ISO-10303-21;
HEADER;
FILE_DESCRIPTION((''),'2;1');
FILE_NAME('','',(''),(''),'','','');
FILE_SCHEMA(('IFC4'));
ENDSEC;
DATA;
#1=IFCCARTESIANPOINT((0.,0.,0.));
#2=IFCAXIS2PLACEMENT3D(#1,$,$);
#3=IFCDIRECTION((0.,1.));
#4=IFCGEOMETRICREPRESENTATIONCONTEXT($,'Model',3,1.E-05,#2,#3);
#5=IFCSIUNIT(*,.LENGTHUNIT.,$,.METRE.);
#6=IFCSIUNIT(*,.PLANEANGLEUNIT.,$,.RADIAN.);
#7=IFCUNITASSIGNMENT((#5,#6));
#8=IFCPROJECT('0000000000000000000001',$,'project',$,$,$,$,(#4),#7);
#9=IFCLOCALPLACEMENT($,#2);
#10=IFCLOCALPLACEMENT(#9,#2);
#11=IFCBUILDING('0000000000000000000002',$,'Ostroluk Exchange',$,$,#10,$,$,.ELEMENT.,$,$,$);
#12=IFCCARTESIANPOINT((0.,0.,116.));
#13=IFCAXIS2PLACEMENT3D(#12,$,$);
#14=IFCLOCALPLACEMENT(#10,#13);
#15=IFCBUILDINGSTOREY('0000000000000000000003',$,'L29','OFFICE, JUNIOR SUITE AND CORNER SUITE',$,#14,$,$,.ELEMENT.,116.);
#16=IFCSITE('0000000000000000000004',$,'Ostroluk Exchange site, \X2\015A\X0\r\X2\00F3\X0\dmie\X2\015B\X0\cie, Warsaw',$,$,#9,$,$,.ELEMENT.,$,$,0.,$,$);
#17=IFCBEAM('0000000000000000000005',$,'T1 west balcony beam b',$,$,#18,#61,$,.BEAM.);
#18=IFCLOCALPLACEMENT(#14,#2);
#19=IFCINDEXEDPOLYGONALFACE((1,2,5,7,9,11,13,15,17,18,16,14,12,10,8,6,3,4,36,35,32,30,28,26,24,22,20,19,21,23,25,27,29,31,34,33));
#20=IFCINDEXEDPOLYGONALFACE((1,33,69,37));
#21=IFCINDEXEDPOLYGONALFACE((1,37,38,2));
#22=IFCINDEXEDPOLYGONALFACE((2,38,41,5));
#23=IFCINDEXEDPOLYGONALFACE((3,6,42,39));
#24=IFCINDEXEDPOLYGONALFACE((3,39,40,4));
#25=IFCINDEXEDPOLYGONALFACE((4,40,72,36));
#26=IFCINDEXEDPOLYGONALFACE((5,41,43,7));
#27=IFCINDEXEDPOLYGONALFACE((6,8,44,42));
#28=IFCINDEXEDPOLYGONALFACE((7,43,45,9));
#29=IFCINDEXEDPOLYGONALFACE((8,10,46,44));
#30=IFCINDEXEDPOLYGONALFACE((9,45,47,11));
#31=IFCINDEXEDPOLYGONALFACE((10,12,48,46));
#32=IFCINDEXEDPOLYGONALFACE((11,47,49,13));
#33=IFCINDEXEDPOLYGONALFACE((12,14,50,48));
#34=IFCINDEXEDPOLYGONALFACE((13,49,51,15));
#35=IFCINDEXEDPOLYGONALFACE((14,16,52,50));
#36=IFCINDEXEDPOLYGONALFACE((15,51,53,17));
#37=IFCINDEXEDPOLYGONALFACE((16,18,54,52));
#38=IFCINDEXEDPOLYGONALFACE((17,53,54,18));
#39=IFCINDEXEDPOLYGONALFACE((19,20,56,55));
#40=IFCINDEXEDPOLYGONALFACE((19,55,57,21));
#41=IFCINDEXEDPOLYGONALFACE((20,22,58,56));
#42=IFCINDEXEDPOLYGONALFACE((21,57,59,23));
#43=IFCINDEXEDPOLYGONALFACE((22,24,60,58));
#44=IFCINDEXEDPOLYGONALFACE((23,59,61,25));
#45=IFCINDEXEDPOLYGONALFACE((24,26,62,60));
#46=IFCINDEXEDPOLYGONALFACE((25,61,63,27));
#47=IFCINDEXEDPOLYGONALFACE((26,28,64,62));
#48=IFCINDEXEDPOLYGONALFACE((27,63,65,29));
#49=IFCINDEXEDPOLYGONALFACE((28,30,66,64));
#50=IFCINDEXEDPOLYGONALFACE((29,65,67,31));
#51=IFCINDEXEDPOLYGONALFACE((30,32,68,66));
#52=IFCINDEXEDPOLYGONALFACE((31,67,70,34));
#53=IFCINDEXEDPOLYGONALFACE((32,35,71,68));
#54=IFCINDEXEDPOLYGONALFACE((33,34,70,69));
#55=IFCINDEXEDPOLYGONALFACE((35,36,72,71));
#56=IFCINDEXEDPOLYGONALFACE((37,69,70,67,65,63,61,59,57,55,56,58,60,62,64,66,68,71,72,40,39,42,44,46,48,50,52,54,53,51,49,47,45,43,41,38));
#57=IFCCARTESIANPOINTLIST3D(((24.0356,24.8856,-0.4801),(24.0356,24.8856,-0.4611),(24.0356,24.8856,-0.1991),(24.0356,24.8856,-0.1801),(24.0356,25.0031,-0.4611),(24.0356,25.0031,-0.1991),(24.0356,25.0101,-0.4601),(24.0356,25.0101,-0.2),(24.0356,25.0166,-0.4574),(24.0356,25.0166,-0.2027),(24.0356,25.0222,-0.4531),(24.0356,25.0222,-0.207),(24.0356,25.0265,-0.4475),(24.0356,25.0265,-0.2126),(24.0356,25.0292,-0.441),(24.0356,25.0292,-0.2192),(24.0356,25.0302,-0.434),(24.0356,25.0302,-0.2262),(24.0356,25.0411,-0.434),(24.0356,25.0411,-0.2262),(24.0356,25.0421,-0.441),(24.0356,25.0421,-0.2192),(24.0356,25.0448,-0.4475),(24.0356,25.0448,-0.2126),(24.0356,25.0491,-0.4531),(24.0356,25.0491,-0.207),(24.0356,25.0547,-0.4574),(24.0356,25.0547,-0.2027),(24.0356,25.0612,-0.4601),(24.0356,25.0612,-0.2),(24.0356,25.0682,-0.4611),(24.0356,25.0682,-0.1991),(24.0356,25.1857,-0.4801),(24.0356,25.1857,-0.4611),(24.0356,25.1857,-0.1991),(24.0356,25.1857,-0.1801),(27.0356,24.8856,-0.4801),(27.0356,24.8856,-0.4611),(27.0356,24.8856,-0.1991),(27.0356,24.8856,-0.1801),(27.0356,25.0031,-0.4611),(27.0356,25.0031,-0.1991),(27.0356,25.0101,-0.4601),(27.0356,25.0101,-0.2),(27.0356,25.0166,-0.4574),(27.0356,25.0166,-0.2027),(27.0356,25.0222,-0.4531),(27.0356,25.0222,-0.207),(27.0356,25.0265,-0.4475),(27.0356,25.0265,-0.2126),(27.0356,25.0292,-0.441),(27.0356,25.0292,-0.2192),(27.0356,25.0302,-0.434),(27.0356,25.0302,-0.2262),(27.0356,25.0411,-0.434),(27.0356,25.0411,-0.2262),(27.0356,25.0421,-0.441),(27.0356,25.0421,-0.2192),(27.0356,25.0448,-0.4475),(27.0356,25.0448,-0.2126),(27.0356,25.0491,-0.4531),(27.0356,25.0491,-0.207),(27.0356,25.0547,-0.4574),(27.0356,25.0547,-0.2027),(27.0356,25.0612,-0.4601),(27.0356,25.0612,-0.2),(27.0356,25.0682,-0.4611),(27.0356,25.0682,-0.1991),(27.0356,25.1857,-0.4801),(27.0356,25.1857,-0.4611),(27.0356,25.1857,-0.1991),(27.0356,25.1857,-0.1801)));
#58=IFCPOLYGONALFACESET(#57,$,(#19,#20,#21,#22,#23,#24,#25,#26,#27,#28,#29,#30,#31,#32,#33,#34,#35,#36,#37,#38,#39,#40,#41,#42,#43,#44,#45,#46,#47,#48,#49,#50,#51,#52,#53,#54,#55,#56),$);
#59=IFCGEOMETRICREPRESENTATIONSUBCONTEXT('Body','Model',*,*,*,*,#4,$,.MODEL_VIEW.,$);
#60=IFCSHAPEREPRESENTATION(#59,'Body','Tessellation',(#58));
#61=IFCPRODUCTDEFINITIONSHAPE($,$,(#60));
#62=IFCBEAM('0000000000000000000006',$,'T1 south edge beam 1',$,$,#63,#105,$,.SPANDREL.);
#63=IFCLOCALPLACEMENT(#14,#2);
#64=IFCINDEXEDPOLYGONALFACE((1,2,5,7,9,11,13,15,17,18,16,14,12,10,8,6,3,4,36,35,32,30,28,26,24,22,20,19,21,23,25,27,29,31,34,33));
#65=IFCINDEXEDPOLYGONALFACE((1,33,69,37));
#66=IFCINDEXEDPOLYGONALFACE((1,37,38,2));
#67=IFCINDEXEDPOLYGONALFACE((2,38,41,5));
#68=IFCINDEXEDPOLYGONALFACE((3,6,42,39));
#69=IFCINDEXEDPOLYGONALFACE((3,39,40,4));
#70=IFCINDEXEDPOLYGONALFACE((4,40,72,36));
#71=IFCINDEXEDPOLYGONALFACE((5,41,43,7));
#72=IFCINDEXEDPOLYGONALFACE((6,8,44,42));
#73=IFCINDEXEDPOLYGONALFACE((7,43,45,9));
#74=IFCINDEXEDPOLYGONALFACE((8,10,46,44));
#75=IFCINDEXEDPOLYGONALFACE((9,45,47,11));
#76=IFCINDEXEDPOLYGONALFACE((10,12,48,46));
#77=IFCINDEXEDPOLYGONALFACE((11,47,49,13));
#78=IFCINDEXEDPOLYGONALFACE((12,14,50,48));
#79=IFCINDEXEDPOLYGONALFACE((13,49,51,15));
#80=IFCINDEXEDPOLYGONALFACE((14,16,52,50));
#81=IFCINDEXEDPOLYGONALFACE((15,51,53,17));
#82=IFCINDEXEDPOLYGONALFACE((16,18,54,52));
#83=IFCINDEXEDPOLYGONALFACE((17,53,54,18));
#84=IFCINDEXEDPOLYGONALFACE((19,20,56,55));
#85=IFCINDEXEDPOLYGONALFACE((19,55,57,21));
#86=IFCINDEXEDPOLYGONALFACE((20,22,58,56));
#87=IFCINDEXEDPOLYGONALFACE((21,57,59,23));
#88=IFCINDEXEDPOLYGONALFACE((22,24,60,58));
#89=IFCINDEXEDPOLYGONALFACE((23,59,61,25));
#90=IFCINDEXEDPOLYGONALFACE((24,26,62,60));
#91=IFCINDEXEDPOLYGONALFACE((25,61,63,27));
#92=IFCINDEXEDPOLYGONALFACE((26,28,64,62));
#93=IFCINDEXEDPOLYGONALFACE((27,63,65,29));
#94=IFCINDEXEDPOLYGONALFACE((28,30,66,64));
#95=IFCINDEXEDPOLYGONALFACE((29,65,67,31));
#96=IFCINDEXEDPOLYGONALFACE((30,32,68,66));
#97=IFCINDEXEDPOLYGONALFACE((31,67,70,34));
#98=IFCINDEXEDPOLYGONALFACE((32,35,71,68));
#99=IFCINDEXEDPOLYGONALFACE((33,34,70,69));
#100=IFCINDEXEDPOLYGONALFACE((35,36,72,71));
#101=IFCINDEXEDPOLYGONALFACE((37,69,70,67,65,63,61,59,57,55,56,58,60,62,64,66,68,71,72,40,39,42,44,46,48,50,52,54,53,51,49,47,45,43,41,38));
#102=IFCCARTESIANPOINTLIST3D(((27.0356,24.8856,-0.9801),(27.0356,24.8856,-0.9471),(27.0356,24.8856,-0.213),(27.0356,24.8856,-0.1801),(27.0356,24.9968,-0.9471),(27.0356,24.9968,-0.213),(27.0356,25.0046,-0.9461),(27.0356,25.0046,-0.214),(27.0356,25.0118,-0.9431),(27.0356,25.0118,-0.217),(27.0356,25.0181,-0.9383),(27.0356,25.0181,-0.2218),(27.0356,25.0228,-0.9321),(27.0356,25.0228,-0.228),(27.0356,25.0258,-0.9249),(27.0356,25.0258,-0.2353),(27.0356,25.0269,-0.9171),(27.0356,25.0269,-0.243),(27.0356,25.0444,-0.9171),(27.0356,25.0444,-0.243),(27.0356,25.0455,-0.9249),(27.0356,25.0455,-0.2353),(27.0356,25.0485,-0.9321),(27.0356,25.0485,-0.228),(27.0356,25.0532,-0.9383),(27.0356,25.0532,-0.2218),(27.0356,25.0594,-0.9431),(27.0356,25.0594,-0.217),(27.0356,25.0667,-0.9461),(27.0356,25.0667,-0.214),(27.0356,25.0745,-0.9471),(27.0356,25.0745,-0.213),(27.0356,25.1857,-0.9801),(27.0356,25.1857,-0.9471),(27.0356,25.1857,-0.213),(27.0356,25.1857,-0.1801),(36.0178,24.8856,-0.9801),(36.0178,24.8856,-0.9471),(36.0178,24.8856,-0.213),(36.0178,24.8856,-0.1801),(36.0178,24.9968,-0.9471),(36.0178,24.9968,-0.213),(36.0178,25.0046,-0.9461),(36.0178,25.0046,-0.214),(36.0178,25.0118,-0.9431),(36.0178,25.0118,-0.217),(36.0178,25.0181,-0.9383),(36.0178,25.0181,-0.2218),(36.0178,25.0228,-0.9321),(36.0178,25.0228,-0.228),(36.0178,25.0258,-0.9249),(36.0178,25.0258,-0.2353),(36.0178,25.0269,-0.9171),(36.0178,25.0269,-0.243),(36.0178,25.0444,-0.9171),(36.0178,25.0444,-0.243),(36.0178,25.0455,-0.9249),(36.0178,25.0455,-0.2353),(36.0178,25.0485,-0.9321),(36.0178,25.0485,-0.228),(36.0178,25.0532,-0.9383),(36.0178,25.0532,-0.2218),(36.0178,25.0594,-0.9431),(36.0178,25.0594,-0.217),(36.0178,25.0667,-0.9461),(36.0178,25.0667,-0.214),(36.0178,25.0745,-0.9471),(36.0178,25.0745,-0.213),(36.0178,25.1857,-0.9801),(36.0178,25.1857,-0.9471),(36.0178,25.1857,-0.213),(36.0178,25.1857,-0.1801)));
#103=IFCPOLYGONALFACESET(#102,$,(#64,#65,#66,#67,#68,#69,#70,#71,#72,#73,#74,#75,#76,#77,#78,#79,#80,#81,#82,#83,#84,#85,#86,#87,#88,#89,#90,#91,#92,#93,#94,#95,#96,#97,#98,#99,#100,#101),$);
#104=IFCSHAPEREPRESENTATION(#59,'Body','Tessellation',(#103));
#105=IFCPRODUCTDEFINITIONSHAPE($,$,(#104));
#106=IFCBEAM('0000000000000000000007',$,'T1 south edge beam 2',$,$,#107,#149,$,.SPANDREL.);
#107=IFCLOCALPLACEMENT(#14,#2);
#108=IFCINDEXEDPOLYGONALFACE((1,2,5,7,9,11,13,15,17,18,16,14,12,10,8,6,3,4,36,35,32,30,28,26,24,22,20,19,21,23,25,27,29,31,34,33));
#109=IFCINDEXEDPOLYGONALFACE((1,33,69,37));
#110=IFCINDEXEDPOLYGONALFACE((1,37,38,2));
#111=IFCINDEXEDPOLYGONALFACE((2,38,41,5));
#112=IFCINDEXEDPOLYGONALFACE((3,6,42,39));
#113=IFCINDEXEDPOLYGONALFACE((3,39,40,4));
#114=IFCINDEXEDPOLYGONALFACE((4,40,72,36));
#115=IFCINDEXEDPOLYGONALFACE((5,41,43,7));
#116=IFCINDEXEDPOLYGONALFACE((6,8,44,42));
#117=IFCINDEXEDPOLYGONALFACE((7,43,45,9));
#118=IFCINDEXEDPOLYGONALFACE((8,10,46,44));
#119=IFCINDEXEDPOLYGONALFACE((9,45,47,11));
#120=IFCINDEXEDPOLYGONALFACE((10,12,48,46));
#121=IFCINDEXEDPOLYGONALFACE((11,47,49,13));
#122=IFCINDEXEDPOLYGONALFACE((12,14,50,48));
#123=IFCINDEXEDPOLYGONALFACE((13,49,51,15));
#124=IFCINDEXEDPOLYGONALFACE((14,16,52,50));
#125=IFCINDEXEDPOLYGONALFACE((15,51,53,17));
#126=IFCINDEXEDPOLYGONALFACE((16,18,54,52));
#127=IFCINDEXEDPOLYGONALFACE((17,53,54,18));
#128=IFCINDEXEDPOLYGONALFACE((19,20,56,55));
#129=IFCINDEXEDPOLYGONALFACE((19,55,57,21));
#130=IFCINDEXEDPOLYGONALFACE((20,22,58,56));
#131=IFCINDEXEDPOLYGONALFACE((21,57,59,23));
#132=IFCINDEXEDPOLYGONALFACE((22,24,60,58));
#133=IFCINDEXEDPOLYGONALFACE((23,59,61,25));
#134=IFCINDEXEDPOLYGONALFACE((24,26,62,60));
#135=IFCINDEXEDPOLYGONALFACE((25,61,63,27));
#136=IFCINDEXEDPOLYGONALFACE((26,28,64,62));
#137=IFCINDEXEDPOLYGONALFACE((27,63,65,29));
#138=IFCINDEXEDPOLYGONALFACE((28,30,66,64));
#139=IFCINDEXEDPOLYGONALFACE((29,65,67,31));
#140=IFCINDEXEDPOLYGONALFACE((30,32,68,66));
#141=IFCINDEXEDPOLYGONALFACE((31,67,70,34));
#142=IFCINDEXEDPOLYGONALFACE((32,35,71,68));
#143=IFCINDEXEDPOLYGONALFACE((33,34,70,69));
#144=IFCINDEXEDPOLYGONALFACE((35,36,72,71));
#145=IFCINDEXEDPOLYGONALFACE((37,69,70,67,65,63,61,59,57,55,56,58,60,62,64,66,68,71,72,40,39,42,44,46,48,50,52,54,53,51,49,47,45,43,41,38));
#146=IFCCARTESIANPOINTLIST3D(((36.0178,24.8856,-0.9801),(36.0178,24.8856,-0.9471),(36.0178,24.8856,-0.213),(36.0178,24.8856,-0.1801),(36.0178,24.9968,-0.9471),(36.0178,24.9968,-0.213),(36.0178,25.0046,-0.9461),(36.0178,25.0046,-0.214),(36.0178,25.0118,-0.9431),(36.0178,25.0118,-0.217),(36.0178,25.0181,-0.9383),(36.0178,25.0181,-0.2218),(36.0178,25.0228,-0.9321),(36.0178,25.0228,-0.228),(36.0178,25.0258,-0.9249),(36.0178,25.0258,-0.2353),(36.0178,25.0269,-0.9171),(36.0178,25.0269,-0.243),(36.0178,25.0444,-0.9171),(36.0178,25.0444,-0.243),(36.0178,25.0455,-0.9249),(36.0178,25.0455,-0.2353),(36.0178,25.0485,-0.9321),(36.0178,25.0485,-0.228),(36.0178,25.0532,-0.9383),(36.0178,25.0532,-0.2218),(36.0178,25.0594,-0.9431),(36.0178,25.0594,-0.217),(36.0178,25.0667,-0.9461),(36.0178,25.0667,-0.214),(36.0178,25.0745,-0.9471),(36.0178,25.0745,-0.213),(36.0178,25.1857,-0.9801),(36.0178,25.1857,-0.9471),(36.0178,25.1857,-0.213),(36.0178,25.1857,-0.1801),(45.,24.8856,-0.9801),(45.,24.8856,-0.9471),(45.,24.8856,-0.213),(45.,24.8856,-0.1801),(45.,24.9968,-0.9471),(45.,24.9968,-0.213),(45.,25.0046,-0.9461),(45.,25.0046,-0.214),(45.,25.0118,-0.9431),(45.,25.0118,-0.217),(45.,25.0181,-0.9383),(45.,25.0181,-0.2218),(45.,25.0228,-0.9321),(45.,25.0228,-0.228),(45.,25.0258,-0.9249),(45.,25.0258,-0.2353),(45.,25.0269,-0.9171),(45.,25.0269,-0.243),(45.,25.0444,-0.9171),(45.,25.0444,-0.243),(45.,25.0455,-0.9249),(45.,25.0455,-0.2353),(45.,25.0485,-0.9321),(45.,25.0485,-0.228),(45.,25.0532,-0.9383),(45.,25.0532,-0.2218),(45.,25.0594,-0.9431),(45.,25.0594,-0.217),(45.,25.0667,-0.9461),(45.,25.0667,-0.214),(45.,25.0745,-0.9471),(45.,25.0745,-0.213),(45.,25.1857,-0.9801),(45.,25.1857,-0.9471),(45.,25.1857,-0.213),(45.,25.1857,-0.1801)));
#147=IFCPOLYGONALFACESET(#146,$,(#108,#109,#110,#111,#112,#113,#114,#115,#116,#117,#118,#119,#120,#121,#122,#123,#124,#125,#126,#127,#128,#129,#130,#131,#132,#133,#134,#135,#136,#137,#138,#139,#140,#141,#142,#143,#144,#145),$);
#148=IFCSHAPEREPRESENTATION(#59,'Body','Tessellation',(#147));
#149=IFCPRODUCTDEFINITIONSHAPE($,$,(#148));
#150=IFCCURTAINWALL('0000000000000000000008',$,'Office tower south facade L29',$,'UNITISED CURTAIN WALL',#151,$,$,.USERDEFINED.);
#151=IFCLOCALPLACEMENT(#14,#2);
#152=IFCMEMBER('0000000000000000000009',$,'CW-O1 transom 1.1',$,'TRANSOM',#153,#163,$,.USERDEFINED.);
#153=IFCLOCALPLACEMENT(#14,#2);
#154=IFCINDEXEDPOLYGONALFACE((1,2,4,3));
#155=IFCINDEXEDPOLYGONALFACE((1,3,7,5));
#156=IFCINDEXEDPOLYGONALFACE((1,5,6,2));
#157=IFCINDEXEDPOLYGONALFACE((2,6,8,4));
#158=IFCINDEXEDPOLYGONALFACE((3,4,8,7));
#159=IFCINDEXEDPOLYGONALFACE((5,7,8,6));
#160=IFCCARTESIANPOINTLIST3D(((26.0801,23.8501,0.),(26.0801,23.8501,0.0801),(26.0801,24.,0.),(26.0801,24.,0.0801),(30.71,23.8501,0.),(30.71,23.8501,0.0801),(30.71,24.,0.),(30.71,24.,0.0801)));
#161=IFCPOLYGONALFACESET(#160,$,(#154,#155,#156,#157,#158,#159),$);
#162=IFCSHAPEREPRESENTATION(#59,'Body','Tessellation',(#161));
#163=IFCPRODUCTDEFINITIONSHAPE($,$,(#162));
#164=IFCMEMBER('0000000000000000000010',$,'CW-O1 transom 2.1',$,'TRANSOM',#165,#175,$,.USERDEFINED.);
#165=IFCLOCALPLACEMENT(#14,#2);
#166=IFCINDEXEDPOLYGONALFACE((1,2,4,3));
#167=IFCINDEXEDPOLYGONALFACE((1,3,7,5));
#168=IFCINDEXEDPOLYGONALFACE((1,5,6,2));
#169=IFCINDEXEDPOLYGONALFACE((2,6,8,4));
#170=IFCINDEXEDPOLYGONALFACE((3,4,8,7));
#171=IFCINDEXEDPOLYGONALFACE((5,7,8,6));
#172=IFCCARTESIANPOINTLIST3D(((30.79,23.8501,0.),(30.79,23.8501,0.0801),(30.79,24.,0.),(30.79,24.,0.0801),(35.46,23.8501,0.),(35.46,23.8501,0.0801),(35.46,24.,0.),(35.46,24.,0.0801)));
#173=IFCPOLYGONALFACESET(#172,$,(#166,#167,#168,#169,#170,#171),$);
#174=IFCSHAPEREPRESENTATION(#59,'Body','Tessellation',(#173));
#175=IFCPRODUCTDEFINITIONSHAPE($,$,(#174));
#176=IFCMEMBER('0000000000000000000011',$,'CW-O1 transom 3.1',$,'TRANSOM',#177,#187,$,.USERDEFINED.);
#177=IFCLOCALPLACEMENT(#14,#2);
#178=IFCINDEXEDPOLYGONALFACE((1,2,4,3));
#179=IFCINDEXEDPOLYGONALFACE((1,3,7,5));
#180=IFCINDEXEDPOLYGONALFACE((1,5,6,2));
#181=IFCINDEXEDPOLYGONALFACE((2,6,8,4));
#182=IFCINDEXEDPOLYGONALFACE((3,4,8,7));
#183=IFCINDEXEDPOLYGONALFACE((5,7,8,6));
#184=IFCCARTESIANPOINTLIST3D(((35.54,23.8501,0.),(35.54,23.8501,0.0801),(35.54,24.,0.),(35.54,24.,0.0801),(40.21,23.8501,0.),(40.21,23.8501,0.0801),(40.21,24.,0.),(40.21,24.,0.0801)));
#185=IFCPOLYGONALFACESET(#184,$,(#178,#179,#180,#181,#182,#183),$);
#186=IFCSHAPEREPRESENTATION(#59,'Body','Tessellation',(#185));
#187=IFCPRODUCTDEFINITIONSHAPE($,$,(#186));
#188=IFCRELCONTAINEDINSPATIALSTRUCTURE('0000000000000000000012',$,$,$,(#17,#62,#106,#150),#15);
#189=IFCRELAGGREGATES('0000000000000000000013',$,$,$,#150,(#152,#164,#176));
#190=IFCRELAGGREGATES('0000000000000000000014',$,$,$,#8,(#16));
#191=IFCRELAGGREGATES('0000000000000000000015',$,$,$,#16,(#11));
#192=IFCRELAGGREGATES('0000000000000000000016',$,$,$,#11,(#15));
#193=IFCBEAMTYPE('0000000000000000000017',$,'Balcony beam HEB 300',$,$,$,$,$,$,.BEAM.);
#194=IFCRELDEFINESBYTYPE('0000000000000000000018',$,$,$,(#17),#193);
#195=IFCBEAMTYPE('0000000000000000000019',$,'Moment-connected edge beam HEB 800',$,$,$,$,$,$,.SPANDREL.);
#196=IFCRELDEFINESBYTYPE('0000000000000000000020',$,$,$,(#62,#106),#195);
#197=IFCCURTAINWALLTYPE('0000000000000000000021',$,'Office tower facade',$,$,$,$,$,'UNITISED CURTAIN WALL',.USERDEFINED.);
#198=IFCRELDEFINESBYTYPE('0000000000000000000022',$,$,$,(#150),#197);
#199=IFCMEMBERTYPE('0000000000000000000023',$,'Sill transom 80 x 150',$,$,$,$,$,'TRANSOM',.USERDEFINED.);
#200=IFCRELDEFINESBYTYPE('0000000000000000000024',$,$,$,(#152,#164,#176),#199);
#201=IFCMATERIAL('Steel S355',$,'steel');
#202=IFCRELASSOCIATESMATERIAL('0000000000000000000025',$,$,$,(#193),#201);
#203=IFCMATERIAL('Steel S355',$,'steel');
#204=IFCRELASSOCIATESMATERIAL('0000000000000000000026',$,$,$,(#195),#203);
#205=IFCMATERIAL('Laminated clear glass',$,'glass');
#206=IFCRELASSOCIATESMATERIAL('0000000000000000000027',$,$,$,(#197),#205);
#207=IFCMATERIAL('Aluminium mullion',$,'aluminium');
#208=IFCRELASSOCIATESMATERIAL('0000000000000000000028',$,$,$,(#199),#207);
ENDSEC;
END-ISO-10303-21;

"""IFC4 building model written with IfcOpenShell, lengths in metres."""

from ifc_helpers import new_model, si_unit, direction, frame, origin, origin_2d, place, context, subcontext, project, spatial, rectangle, i_section, extrude, material, material_profile, profile_set, type_object, element, aggregate, save


model = new_model("IFC4")

# Units and contexts
model_context = context("Model", 3, precision=1e-05, world=origin(), true_north=direction((0.0, 1.0)))
body_context = subcontext(model_context, "Body", "Model", "MODEL_VIEW")
ifc_project = project(units=[si_unit("LENGTHUNIT", "METRE"), si_unit("PLANEANGLEUNIT", "RADIAN")], contexts=[model_context])

# Site, building, storey
site_placement = place(None, origin())
site = spatial("IfcSite", under=ifc_project, at=site_placement, Name="Ostroluk Exchange site, Śródmieście, Warsaw", CompositionType="ELEMENT", RefElevation=0.0)
building_placement = place(site_placement, origin())
building = spatial("IfcBuilding", under=site, at=building_placement, Name="Ostroluk Exchange", CompositionType="ELEMENT")
storey_placement = place(building_placement, frame((0.0, 0.0, 116.0)))
storey = spatial("IfcBuildingStorey", under=building, at=storey_placement, Name="L29", Description="OFFICE, JUNIOR SUITE AND CORNER SUITE", CompositionType="ELEMENT", Elevation=116.0)

# Beams
ifc_material_1 = material(Name="Steel S355", Category="steel")
ifc_material_profile_1 = material_profile(ifc_material_1, i_section(OverallWidth=0.3, OverallDepth=0.3, WebThickness=0.011, FlangeThickness=0.019, FilletRadius=0.0271, at=origin_2d()), Name="HEB 300")
ifc_profile_set_1 = profile_set([ifc_material_profile_1], Name="Steel S355")
beam_type_1 = type_object("IfcBeamType", Name="Balcony beam HEB 300", PredefinedType="BEAM", material=ifc_profile_set_1)
beam_placement = place(storey_placement, frame((27.0356, 25.0356, -0.3301), z_axis=(-1.0, 0.0, 0.0), x_axis=(0.0, -1.0, 0.0)))
element("IfcBeam", 1, at=beam_placement, inside=storey, type_object=beam_type_1, Name="T1 west balcony beam b", PredefinedType="BEAM", context=body_context, shape_type="SweptSolid", body=[
    extrude(i_section(OverallWidth=0.3, OverallDepth=0.3, WebThickness=0.011, FlangeThickness=0.019, FilletRadius=0.0271, at=origin_2d()), origin(), (0.0, 0.0, 1.0), 3.0),
])
ifc_material_2 = material(Name="Steel S355", Category="steel")
ifc_material_profile_2 = material_profile(ifc_material_2, i_section(OverallWidth=0.3, OverallDepth=0.8, WebThickness=0.0176, FlangeThickness=0.033, FilletRadius=0.03, at=origin_2d()), Name="HEB 800")
ifc_profile_set_2 = profile_set([ifc_material_profile_2], Name="Steel S355")
beam_type_2 = type_object("IfcBeamType", Name="Moment-connected edge beam HEB 800", PredefinedType="SPANDREL", material=ifc_profile_set_2)
for number, where, z_axis, x_axis, name in (
    (2, (27.0356, 25.0356, -0.5801), (1.0, 0.0, 0.0), (0.0, 1.0, 0.0), "T1 south edge beam 1"),
    (3, (36.0178, 25.0356, -0.5801), (1.0, 0.0, 0.0), (0.0, 1.0, 0.0), "T1 south edge beam 2"),
):
    element("IfcBeam", number, at=place(storey_placement, frame(where, z_axis=z_axis, x_axis=x_axis)), inside=storey, type_object=beam_type_2, Name=name, PredefinedType="SPANDREL", context=body_context, shape_type="SweptSolid", body=[
        extrude(i_section(OverallWidth=0.3, OverallDepth=0.8, WebThickness=0.0176, FlangeThickness=0.033, FilletRadius=0.03, at=origin_2d()), origin(), (0.0, 0.0, 1.0), 8.9822),
    ])

# Curtain wall, members
ifc_material_3 = material(Name="Laminated clear glass", Category="glass")
curtain_wall_type = type_object("IfcCurtainWallType", Name="Office tower facade", ElementType="UNITISED CURTAIN WALL", PredefinedType="USERDEFINED", material=ifc_material_3)
curtain_wall_placement = place(storey_placement, origin())
curtain_wall = element("IfcCurtainWall", 4, at=curtain_wall_placement, inside=storey, type_object=curtain_wall_type, Name="Office tower south facade L29", ObjectType="UNITISED CURTAIN WALL", PredefinedType="USERDEFINED")
ifc_material_4 = material(Name="Aluminium mullion", Category="aluminium")
ifc_material_profile_3 = material_profile(ifc_material_4, rectangle(XDim=0.1499, YDim=0.0801, at=origin_2d()), Name="Sill transom 80 x 150")
ifc_profile_set_3 = profile_set([ifc_material_profile_3], Name="Aluminium mullion")
member_type_1 = type_object("IfcMemberType", Name="Sill transom 80 x 150", ElementType="TRANSOM", PredefinedType="USERDEFINED", material=ifc_profile_set_3)
member_1_placement = place(storey_placement, frame((26.0801, 23.925, 0.04), z_axis=(1.0, 0.0, 0.0), x_axis=(0.0, 1.0, 0.0)))
member_1 = element("IfcMember", 5, at=member_1_placement, type_object=member_type_1, Name="CW-O1 transom 1.1", ObjectType="TRANSOM", PredefinedType="USERDEFINED", context=body_context, shape_type="SweptSolid", body=[
    extrude(rectangle(XDim=0.1499, YDim=0.0801, at=origin_2d()), origin(), (0.0, 0.0, 1.0), 4.6299),
])
member_2_placement = place(storey_placement, frame((30.79, 23.925, 0.04), z_axis=(1.0, 0.0, 0.0), x_axis=(0.0, 1.0, 0.0)))
member_2 = element("IfcMember", 6, at=member_2_placement, type_object=member_type_1, Name="CW-O1 transom 2.1", ObjectType="TRANSOM", PredefinedType="USERDEFINED", context=body_context, shape_type="SweptSolid", body=[
    extrude(rectangle(XDim=0.1499, YDim=0.0801, at=origin_2d()), origin(), (0.0, 0.0, 1.0), 4.6699),
])
member_3_placement = place(storey_placement, frame((35.54, 23.925, 0.04), z_axis=(1.0, 0.0, 0.0), x_axis=(0.0, 1.0, 0.0)))
member_3 = element("IfcMember", 7, at=member_3_placement, type_object=member_type_1, Name="CW-O1 transom 3.1", ObjectType="TRANSOM", PredefinedType="USERDEFINED", context=body_context, shape_type="SweptSolid", body=[
    extrude(rectangle(XDim=0.1499, YDim=0.0801, at=origin_2d()), origin(), (0.0, 0.0, 1.0), 4.6699),
])
aggregate(curtain_wall, [member_1, member_2, member_3])

save(model, "model.ifc")
